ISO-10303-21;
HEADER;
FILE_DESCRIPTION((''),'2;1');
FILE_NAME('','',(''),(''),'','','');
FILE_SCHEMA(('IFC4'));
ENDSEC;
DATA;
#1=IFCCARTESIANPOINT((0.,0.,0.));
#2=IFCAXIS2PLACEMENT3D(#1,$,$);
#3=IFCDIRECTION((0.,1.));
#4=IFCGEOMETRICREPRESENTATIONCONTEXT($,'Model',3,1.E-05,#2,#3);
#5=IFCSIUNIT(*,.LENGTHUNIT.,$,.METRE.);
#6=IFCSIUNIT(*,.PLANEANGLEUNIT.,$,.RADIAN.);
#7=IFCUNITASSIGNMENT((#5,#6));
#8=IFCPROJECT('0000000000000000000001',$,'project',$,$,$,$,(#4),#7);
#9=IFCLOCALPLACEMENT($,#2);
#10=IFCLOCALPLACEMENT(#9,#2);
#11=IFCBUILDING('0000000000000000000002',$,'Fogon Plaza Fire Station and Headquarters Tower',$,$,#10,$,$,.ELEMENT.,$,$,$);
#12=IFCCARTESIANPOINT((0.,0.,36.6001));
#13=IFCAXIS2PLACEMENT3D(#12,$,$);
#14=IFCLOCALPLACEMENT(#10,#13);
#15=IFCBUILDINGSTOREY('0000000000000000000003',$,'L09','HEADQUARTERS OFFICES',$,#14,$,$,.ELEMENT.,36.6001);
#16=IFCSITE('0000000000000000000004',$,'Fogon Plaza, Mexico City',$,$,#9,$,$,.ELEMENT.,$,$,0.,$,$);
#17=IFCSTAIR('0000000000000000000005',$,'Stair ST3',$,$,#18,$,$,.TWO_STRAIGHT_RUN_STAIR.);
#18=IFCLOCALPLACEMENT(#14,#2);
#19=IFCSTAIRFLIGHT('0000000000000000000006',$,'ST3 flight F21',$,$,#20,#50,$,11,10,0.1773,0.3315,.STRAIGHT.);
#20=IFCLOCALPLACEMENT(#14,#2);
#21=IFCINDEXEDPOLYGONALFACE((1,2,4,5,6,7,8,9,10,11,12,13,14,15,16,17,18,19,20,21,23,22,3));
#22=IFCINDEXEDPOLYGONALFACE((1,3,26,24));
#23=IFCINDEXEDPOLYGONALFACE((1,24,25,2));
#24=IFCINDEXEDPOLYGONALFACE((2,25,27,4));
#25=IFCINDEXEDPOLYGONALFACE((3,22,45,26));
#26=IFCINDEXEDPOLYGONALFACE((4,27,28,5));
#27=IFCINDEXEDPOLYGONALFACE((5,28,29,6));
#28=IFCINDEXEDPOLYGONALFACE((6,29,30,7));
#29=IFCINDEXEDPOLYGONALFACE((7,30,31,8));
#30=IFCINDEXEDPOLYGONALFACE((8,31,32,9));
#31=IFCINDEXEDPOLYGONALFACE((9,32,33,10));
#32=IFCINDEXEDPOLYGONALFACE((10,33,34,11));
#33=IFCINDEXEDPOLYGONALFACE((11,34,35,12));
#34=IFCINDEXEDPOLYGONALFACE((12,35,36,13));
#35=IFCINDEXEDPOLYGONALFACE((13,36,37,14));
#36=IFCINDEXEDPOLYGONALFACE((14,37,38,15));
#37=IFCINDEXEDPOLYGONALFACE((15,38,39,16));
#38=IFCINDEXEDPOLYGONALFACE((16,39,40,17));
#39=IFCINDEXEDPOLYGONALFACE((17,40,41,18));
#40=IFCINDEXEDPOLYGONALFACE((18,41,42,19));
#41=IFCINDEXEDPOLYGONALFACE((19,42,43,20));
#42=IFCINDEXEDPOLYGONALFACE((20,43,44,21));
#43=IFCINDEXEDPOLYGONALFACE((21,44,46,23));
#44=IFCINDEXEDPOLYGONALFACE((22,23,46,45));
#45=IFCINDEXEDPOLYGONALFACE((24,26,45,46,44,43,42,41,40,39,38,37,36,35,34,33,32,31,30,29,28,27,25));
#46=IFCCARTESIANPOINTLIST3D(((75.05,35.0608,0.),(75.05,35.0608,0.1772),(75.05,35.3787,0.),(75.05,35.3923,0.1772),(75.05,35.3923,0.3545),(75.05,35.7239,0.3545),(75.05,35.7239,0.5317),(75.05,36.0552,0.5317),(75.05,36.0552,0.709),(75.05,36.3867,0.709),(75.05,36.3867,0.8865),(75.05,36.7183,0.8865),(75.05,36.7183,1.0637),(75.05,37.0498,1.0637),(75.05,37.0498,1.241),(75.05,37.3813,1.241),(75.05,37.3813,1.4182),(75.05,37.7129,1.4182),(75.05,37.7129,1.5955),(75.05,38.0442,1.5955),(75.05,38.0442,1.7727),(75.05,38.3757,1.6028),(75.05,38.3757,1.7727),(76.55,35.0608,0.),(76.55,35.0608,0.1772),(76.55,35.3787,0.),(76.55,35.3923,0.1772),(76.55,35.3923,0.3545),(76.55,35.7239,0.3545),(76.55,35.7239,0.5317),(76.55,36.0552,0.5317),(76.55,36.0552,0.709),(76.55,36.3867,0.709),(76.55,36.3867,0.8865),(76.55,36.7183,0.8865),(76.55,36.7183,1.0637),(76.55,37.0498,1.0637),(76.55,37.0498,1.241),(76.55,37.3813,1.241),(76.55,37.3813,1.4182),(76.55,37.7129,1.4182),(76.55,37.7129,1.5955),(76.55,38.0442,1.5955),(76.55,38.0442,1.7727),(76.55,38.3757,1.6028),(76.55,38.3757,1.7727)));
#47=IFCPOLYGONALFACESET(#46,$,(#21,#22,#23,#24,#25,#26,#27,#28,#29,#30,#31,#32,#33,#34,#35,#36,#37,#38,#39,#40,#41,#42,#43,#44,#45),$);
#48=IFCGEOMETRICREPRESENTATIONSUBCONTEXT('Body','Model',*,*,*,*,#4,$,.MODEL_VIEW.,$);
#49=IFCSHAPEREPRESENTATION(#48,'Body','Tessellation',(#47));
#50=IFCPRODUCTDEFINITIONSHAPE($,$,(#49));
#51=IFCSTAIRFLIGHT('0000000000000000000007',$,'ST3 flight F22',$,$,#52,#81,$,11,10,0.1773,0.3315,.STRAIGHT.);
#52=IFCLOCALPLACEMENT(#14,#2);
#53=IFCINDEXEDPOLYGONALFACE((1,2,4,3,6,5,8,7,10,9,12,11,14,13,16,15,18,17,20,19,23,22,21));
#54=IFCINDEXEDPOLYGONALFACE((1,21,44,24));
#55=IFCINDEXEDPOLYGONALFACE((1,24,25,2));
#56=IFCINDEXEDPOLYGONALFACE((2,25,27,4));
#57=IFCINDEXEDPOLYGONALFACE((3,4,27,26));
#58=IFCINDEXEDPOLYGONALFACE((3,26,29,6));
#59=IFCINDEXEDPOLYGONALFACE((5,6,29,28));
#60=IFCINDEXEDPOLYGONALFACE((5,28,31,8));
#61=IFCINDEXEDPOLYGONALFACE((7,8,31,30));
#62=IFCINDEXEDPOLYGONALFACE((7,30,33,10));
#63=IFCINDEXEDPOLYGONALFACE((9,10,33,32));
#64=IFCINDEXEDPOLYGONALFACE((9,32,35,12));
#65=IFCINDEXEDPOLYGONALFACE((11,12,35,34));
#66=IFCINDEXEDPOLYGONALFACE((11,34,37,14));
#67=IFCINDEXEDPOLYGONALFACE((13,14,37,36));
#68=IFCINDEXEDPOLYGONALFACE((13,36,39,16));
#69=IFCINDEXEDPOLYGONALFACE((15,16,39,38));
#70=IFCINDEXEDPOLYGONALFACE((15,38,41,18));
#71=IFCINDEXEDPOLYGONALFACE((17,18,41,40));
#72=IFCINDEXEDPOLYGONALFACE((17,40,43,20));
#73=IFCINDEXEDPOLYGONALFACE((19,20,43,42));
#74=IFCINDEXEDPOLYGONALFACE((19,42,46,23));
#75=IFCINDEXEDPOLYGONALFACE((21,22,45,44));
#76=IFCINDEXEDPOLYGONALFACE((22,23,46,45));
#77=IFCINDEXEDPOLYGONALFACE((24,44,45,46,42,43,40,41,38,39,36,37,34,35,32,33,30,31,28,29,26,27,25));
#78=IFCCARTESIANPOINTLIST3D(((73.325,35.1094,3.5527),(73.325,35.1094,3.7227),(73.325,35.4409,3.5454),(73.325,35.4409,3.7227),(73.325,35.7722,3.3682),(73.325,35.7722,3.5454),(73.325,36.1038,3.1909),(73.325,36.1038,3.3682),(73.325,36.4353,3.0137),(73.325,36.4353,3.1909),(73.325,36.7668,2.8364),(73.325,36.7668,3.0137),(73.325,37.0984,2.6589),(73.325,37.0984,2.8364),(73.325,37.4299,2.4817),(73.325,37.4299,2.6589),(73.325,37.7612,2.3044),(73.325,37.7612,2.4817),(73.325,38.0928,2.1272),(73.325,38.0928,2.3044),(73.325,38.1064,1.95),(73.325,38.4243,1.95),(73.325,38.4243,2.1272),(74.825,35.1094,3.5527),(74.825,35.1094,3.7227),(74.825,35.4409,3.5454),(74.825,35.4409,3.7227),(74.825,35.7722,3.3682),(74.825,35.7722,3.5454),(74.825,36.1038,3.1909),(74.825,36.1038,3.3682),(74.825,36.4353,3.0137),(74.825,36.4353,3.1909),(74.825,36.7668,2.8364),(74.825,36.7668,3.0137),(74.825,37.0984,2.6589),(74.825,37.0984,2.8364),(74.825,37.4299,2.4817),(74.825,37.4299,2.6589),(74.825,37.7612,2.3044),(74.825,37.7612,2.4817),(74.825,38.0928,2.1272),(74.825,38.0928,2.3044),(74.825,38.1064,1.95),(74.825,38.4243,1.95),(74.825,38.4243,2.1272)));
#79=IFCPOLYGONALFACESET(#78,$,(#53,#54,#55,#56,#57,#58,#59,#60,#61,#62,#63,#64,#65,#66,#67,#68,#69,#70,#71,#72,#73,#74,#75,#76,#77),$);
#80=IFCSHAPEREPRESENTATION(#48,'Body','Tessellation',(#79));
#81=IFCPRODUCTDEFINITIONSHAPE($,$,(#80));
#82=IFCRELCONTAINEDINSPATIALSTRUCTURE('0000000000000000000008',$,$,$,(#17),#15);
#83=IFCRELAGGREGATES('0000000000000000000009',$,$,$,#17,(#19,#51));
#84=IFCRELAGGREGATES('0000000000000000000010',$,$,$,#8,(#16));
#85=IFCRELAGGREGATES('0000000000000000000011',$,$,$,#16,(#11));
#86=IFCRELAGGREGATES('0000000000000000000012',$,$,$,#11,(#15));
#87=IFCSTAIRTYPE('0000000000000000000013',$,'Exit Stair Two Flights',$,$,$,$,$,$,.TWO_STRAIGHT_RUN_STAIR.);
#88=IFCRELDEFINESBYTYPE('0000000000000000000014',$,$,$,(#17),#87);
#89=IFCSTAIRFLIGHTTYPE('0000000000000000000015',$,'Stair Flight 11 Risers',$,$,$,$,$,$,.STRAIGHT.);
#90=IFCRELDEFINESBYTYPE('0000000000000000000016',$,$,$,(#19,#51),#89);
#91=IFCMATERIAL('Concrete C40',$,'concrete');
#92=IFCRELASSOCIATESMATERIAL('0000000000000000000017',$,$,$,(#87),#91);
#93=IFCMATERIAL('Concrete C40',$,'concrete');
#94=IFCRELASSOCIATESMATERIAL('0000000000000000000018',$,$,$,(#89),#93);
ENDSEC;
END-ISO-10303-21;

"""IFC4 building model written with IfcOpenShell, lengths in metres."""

from ifc_helpers import new_model, si_unit, direction, frame, origin, place, context, subcontext, project, spatial, polyline, outline, extrude, material, type_object, element, aggregate, save


model = new_model("IFC4")

# Units and contexts
model_context = context("Model", 3, precision=1e-05, world=origin(), true_north=direction((0.0, 1.0)))
body_context = subcontext(model_context, "Body", "Model", "MODEL_VIEW")
ifc_project = project(units=[si_unit("LENGTHUNIT", "METRE"), si_unit("PLANEANGLEUNIT", "RADIAN")], contexts=[model_context])

# Site, building, storey
site_placement = place(None, origin())
site = spatial("IfcSite", under=ifc_project, at=site_placement, Name="Fogon Plaza, Mexico City", CompositionType="ELEMENT", RefElevation=0.0)
building_placement = place(site_placement, origin())
building = spatial("IfcBuilding", under=site, at=building_placement, Name="Fogon Plaza Fire Station and Headquarters Tower", CompositionType="ELEMENT")
storey_placement = place(building_placement, frame((0.0, 0.0, 36.6001)))
storey = spatial("IfcBuildingStorey", under=building, at=storey_placement, Name="L09", Description="HEADQUARTERS OFFICES", CompositionType="ELEMENT", Elevation=36.6001)

# Stair, stair flights
ifc_material_1 = material(Name="Concrete C40", Category="concrete")
stair_type = type_object("IfcStairType", Name="Exit Stair Two Flights", PredefinedType="TWO_STRAIGHT_RUN_STAIR", material=ifc_material_1)
stair_placement = place(storey_placement, origin())
stair = element("IfcStair", 1, at=stair_placement, inside=storey, type_object=stair_type, Name="Stair ST3", PredefinedType="TWO_STRAIGHT_RUN_STAIR")
ifc_material_2 = material(Name="Concrete C40", Category="concrete")
stair_flight_type = type_object("IfcStairFlightType", Name="Stair Flight 11 Risers", PredefinedType="STRAIGHT", material=ifc_material_2)
stair_flight_1_placement = place(storey_placement, frame((75.8, 35.0608, 0.0), z_axis=(0.0, 0.0, 1.0), x_axis=(0.0, 1.0, 0.0)))
stair_flight_1 = element("IfcStairFlight", 2, at=stair_flight_1_placement, type_object=stair_flight_type, Name="ST3 flight F21", NumberOfRisers=11, NumberOfTreads=10, PredefinedType="STRAIGHT", RiserHeight=0.1773, TreadLength=0.3315, context=body_context, shape_type="SweptSolid", body=[
    extrude(outline(polyline([(0.0, 0.0), (0.0, 0.1772), (0.3315, 0.1772), (0.3315, 0.3545), (0.6631, 0.3545), (0.6631, 0.5317), (0.9944, 0.5317), (0.9944, 0.709), (1.3259, 0.709), (1.3259, 0.8865), (1.6575, 0.8865), (1.6575, 1.0637), (1.989, 1.0637), (1.989, 1.241), (2.3206, 1.241), (2.3206, 1.4182), (2.6521, 1.4182), (2.6521, 1.5955), (2.9834, 1.5955), (2.9834, 1.7727), (3.3149, 1.7727), (3.3149, 1.95), (3.3149, 1.6028), (0.3179, 0.0), (0.0, 0.0)])), frame((0.0, 0.75, 0.0), z_axis=(0.0, -1.0, 0.0), x_axis=(1.0, 0.0, 0.0)), (0.0, 0.0, 1.0), 1.5),
])
stair_flight_2_placement = place(storey_placement, frame((74.075, 38.4243, 1.95), z_axis=(0.0, 0.0, 1.0), x_axis=(0.0, -1.0, 0.0)))
stair_flight_2 = element("IfcStairFlight", 3, at=stair_flight_2_placement, type_object=stair_flight_type, Name="ST3 flight F22", NumberOfRisers=11, NumberOfTreads=10, PredefinedType="STRAIGHT", RiserHeight=0.1773, TreadLength=0.3315, context=body_context, shape_type="SweptSolid", body=[
    extrude(outline(polyline([(0.0, 0.0), (0.0, 0.1772), (0.3315, 0.1772), (0.3315, 0.3545), (0.6631, 0.3545), (0.6631, 0.5317), (0.9944, 0.5317), (0.9944, 0.709), (1.3259, 0.709), (1.3259, 0.8865), (1.6575, 0.8865), (1.6575, 1.0637), (1.989, 1.0637), (1.989, 1.241), (2.3206, 1.241), (2.3206, 1.4182), (2.6521, 1.4182), (2.6521, 1.5955), (2.9834, 1.5955), (2.9834, 1.7727), (3.3149, 1.7727), (3.3149, 1.95), (3.3149, 1.6028), (0.3179, 0.0), (0.0, 0.0)])), frame((0.0, 0.75, 0.0), z_axis=(0.0, -1.0, 0.0), x_axis=(1.0, 0.0, 0.0)), (0.0, 0.0, 1.0), 1.5),
])
aggregate(stair, [stair_flight_1, stair_flight_2])

save(model, "model.ifc")
